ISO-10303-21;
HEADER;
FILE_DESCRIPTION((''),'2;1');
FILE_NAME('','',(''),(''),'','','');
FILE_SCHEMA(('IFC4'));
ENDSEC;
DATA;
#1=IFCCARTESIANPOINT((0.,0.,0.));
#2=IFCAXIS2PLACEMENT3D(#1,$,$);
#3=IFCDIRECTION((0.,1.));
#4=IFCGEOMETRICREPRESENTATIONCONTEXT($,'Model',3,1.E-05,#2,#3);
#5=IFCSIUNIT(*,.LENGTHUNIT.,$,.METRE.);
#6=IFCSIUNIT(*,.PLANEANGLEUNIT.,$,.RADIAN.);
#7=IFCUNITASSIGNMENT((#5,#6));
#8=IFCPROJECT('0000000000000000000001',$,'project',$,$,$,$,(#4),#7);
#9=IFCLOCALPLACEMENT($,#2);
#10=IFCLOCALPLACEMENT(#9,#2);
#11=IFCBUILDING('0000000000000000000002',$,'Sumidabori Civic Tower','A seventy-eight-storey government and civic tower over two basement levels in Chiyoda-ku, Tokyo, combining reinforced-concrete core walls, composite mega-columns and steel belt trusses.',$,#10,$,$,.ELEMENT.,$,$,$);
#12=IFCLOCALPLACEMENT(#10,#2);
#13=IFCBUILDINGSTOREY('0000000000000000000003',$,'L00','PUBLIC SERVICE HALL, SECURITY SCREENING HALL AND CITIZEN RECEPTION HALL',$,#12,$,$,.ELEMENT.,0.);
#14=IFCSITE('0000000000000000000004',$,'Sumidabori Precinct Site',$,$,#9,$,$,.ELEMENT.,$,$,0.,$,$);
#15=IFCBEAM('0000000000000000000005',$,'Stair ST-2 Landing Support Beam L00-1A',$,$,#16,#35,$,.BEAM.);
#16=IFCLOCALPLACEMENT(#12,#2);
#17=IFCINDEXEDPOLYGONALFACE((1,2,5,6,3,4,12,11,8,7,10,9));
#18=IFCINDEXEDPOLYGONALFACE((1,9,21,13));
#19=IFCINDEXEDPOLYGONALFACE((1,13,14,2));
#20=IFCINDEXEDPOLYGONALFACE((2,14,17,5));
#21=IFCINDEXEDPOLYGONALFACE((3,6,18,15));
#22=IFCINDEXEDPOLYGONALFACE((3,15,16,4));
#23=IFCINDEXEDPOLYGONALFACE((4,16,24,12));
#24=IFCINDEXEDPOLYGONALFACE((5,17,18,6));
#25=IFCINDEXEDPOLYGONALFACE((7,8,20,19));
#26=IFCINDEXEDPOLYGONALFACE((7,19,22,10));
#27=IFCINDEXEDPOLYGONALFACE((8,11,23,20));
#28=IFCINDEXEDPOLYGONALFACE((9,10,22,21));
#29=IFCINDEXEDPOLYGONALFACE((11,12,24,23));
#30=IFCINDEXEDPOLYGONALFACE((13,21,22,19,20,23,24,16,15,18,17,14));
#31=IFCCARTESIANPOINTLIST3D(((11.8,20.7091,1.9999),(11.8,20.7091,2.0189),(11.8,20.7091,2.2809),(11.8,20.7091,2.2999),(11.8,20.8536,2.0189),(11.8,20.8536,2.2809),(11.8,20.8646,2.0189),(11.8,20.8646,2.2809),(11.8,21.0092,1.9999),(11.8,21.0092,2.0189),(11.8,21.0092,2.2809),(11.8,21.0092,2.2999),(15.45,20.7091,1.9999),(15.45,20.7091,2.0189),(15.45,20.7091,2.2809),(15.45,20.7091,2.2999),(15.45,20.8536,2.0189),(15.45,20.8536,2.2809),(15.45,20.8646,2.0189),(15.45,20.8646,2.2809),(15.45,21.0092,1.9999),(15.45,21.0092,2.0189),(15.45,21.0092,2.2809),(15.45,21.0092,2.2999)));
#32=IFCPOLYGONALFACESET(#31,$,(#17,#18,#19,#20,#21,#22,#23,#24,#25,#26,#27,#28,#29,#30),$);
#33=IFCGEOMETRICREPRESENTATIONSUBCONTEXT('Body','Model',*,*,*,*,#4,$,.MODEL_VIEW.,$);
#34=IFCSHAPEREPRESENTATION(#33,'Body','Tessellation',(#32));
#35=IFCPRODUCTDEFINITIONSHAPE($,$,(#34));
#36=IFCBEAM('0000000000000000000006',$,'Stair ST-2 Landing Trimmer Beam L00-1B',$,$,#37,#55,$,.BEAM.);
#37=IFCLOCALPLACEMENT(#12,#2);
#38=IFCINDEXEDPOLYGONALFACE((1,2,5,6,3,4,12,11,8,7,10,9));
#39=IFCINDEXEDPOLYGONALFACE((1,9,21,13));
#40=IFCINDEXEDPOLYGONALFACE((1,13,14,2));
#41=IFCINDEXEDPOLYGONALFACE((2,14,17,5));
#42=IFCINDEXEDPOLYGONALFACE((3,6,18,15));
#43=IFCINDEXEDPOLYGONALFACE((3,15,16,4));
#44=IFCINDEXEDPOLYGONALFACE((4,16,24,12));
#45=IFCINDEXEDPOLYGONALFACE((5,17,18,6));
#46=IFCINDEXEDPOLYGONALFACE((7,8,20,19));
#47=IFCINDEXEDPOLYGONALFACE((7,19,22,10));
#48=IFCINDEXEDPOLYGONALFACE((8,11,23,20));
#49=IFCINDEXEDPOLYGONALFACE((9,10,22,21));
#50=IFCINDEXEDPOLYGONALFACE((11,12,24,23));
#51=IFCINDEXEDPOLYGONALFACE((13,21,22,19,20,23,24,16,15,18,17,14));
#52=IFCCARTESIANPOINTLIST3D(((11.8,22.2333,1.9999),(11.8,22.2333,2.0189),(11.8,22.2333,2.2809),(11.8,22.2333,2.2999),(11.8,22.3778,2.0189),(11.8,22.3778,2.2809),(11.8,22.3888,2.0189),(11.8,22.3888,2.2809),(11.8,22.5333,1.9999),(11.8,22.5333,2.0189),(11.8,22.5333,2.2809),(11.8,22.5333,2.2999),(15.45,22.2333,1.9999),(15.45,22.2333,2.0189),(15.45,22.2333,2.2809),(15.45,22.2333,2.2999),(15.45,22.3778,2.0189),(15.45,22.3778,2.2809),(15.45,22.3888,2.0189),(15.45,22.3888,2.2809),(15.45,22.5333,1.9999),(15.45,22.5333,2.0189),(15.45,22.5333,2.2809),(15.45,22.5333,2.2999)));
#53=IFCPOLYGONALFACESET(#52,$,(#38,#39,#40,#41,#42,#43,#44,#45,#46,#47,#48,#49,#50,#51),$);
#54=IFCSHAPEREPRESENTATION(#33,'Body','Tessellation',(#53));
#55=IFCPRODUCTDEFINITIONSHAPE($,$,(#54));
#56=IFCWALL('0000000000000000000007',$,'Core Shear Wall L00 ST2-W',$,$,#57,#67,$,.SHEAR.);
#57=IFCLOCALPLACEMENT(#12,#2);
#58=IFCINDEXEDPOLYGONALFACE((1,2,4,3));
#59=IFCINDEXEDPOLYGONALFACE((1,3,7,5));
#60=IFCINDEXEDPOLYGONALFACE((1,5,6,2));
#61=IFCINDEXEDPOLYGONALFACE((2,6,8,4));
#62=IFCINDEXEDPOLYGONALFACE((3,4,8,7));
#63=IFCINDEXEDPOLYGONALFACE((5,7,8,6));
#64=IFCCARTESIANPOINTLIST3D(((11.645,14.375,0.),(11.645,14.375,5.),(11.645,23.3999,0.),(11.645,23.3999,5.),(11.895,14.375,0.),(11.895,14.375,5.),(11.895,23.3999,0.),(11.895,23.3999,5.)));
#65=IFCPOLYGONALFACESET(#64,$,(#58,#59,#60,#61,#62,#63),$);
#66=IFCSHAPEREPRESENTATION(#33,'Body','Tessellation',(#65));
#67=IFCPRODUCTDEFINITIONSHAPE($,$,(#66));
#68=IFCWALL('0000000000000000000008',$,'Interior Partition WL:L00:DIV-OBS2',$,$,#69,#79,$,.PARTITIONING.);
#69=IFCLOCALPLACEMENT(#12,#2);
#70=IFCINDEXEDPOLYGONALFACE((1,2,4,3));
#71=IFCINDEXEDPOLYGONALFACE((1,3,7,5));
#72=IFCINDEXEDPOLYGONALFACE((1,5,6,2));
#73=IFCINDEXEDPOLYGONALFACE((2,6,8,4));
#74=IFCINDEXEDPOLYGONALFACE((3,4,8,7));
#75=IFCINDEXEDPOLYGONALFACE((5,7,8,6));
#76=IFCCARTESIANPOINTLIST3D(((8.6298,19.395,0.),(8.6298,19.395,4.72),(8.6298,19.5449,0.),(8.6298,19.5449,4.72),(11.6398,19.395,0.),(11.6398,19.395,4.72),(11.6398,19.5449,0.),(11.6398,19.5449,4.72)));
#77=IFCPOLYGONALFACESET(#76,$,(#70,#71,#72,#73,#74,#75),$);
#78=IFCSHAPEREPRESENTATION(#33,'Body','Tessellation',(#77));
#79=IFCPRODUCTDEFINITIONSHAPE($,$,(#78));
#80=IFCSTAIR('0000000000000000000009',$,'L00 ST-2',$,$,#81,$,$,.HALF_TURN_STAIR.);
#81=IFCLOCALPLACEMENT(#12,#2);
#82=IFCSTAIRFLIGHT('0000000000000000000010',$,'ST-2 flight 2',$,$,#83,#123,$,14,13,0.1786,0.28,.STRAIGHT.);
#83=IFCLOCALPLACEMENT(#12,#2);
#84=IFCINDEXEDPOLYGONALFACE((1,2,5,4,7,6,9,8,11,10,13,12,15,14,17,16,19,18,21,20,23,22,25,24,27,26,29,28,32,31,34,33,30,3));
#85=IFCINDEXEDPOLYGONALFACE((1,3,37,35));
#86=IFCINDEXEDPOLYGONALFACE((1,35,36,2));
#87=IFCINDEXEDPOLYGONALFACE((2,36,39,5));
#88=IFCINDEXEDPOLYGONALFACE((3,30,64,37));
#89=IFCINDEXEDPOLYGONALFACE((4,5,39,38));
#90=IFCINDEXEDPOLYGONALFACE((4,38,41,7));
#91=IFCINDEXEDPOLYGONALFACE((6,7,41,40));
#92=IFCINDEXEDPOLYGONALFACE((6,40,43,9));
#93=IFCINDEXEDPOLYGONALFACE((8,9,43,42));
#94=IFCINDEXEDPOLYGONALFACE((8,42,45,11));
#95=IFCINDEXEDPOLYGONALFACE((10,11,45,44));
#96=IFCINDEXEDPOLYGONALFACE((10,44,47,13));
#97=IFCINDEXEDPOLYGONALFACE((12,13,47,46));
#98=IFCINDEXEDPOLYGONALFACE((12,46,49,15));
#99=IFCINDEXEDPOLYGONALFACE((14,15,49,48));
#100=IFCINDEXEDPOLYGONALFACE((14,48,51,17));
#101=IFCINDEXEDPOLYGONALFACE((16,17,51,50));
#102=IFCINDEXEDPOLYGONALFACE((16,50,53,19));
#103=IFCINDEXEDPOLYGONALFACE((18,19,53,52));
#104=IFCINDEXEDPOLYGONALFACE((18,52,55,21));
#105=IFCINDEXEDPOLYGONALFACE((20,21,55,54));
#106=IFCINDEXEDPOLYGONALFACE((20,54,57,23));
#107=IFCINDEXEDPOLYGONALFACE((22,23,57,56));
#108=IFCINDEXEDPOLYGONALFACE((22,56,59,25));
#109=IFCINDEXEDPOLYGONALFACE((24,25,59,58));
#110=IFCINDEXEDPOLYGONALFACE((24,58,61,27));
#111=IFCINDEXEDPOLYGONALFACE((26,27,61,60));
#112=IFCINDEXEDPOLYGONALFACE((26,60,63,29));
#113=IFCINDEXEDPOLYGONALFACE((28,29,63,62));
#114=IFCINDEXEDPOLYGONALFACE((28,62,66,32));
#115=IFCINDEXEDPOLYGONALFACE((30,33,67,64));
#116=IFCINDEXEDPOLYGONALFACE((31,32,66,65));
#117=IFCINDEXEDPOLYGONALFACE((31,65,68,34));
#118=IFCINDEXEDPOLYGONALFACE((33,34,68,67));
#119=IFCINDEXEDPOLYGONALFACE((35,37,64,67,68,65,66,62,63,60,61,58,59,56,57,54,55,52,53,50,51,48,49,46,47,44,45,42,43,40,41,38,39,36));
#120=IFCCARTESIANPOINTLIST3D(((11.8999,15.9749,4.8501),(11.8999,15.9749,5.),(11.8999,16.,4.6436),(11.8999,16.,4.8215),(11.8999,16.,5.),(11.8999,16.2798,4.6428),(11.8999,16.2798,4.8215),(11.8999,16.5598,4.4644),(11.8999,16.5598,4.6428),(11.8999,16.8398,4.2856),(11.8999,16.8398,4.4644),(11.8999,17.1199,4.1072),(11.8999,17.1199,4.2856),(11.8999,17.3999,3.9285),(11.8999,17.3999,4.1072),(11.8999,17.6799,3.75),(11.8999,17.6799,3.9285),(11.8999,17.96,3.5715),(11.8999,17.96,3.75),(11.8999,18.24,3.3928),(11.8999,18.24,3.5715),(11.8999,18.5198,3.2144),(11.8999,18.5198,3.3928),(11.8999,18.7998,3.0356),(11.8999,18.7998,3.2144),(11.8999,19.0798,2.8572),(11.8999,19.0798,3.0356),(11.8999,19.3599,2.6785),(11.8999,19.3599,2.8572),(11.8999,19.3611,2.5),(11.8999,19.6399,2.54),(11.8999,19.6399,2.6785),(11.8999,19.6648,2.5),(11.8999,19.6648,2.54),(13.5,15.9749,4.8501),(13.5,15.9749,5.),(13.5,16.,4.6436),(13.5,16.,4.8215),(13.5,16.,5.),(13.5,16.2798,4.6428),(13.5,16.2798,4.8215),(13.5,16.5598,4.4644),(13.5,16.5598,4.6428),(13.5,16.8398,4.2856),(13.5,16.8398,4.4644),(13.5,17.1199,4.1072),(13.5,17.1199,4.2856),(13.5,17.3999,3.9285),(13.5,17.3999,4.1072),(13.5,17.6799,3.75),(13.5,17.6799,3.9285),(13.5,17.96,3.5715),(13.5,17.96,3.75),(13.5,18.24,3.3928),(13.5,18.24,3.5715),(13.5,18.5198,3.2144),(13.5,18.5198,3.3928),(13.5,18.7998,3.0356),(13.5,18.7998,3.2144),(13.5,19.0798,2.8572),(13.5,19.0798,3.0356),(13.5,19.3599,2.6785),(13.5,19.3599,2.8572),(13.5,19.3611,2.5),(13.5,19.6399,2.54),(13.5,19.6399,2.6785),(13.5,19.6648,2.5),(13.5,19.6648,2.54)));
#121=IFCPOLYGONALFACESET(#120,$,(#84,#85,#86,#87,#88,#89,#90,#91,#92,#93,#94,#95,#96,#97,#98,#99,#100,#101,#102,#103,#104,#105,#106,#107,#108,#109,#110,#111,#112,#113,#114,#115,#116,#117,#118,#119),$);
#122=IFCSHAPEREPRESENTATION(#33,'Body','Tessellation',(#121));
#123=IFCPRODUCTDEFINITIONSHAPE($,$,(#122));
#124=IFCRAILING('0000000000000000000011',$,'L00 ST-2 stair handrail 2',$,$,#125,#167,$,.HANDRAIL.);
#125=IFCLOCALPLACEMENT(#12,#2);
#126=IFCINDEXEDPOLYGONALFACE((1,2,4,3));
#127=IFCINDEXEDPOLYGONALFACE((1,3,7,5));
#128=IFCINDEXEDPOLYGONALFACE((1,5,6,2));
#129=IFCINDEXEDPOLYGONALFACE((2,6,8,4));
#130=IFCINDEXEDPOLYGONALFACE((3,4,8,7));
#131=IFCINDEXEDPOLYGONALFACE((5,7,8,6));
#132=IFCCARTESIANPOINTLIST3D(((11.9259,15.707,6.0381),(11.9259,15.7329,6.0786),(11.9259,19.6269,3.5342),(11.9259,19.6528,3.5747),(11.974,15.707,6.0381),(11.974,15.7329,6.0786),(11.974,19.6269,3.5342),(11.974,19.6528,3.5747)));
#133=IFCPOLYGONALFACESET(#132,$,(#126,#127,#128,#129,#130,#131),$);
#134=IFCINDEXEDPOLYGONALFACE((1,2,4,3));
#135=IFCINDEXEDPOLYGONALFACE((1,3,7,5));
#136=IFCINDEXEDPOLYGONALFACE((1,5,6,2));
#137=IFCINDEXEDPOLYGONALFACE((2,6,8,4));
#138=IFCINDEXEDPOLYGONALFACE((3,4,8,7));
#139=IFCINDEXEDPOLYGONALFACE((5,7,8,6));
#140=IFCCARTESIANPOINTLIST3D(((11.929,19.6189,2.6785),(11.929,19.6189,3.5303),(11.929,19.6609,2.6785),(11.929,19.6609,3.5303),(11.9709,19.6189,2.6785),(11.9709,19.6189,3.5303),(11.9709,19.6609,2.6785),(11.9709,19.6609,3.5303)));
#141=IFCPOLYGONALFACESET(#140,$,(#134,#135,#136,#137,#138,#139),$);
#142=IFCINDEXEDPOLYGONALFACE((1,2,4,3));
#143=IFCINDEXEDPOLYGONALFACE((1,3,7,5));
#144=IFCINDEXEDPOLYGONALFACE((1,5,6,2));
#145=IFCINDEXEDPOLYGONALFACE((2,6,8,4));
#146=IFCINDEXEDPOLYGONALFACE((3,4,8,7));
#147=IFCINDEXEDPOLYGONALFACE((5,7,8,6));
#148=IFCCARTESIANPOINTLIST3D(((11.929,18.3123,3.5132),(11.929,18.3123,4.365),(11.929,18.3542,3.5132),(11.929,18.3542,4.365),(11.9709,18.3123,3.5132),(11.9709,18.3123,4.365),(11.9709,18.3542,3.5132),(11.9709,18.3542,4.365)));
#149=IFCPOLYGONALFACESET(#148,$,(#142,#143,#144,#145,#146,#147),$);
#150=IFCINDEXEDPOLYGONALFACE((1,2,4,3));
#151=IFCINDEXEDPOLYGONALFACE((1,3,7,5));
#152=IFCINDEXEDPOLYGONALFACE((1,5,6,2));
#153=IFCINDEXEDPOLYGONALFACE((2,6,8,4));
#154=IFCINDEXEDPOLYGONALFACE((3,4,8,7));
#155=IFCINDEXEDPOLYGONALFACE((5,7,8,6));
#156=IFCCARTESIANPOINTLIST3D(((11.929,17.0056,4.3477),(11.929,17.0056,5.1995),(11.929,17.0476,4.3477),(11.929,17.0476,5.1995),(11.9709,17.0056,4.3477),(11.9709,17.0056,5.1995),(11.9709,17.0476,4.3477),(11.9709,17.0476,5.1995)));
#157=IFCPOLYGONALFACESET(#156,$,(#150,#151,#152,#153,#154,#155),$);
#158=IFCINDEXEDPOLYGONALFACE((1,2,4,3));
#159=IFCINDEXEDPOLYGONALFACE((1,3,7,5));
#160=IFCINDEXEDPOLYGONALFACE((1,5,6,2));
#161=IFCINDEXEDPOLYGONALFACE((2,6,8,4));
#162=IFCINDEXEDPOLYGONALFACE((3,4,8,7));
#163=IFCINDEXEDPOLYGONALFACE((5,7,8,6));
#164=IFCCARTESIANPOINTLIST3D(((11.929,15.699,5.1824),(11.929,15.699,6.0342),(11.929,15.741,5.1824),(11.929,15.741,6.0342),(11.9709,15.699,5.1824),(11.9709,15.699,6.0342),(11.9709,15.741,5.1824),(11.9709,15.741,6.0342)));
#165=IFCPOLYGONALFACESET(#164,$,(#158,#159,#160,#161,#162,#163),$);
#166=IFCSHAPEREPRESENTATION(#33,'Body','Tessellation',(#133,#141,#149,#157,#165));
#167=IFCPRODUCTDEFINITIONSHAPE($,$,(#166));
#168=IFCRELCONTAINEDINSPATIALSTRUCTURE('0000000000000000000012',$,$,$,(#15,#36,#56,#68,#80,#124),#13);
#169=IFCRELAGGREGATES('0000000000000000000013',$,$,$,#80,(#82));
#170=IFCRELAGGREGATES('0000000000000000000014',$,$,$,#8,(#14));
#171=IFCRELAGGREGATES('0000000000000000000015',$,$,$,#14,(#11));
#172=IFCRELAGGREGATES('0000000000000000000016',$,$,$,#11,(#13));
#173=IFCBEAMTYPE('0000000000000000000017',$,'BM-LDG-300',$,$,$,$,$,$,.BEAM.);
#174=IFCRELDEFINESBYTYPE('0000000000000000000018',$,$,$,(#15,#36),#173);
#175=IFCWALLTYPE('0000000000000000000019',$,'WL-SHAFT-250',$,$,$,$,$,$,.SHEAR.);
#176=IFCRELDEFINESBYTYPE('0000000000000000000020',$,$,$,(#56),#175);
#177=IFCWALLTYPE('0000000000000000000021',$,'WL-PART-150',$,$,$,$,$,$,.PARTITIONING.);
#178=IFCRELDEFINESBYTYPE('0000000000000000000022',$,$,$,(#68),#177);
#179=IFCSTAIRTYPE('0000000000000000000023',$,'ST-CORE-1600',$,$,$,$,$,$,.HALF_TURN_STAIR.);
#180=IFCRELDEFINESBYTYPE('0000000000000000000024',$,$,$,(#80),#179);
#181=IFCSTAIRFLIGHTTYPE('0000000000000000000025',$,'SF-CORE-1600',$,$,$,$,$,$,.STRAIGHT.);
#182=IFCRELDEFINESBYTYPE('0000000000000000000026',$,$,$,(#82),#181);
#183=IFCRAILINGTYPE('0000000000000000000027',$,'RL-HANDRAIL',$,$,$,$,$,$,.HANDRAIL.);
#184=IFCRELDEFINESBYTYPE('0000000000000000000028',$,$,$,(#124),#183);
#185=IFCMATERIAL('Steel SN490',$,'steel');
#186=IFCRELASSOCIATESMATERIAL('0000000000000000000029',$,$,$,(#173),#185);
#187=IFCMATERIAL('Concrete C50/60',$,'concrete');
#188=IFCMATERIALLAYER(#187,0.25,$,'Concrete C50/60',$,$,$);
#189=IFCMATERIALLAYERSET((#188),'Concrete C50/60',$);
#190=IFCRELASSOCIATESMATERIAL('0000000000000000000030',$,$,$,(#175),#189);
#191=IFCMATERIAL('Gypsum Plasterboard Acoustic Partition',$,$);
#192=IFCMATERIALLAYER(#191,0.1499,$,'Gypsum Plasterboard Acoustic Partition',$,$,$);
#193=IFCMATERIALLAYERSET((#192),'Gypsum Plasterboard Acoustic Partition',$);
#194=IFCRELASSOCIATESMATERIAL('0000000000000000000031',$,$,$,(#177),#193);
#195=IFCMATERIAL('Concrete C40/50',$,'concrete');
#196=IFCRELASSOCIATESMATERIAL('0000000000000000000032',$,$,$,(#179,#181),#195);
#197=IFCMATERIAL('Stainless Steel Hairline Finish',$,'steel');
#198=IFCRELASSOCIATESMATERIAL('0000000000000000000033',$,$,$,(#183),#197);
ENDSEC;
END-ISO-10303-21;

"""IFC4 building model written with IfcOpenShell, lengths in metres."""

from ifc_helpers import new_model, si_unit, direction, frame, frame_2d, origin, origin_2d, place, context, subcontext, project, spatial, polyline, rectangle, i_section, outline, extrude, source, transform, mapped, material, layer, layer_set, material_profile, profile_set, type_object, element, aggregate, save


model = new_model("IFC4")

# Units and contexts
model_context = context("Model", 3, precision=1e-05, world=origin(), true_north=direction((0.0, 1.0)))
body_context = subcontext(model_context, "Body", "Model", "MODEL_VIEW")
ifc_project = project(units=[si_unit("LENGTHUNIT", "METRE"), si_unit("PLANEANGLEUNIT", "RADIAN")], contexts=[model_context])

# Site, building, storey
site_placement = place(None, origin())
site = spatial("IfcSite", under=ifc_project, at=site_placement, Name="Sumidabori Precinct Site", CompositionType="ELEMENT", RefElevation=0.0)
building_placement = place(site_placement, origin())
building = spatial("IfcBuilding", under=site, at=building_placement, Name="Sumidabori Civic Tower", Description="A seventy-eight-storey government and civic tower over two basement levels in Chiyoda-ku, Tokyo, combining reinforced-concrete core walls, composite mega-columns and steel belt trusses.", CompositionType="ELEMENT")
storey_placement = place(building_placement, origin())
storey = spatial("IfcBuildingStorey", under=building, at=storey_placement, Name="L00", Description="PUBLIC SERVICE HALL, SECURITY SCREENING HALL AND CITIZEN RECEPTION HALL", CompositionType="ELEMENT", Elevation=0.0)

# Beams
ifc_material_1 = material(Name="Steel SN490", Category="steel")
ifc_material_profile = material_profile(ifc_material_1, i_section(OverallWidth=0.3, OverallDepth=0.3, WebThickness=0.011, FlangeThickness=0.019, at=origin_2d()), Name="HE 300 B")
ifc_profile_set = profile_set([ifc_material_profile], Name="Steel SN490")
beam_type = type_object("IfcBeamType", Name="BM-LDG-300", PredefinedType="BEAM", material=ifc_profile_set)
shared_shape_1 = source(origin(), body_context, "Body", "SweptSolid", [
    extrude(i_section(OverallWidth=0.3, OverallDepth=0.3, WebThickness=0.011, FlangeThickness=0.019, at=origin_2d()), origin(), (0.0, 0.0, 1.0), 3.6499),
])
for number, where, z_axis, x_axis, name in (
    (1, (11.8, 20.8591, 2.1499), (1.0, 0.0, 0.0), (0.0, 1.0, 0.0), "Stair ST-2 Landing Support Beam L00-1A"),
    (2, (11.8, 22.3833, 2.1499), (1.0, 0.0, 0.0), (0.0, 1.0, 0.0), "Stair ST-2 Landing Trimmer Beam L00-1B"),
):
    element("IfcBeam", number, at=place(storey_placement, frame(where, z_axis=z_axis, x_axis=x_axis)), inside=storey, type_object=beam_type, Name=name, PredefinedType="BEAM", context=body_context, shape_type="MappedRepresentation", body=[
        mapped(shared_shape_1, transform((0.0, 0.0, 0.0), x_axis=(1.0, 0.0, 0.0), y_axis=(0.0, 1.0, 0.0), z_axis=(0.0, 0.0, 1.0), scale=1.0)),
    ])

# Shared definitions
ifc_material_2 = material(Name="Concrete C50/60", Category="concrete")
ifc_layer_1 = layer(ifc_material_2, 0.25, Name="Concrete C50/60")
ifc_layer_set_1 = layer_set([ifc_layer_1], Name="Concrete C50/60")
wall_type_1 = type_object("IfcWallType", Name="WL-SHAFT-250", PredefinedType="SHEAR", material=ifc_layer_set_1)

# Wall
shared_shape_2 = source(origin(), body_context, "Body", "SweptSolid", [
    extrude(rectangle(XDim=9.0249, YDim=0.25, at=frame_2d((4.5125, 0.0))), origin(), (0.0, 0.0, 1.0), 5.0),
])
wall_1_placement = place(storey_placement, frame((11.77, 14.375, 0.0), z_axis=(0.0, 0.0, 1.0), x_axis=(0.0, 1.0, 0.0)))
element("IfcWall", 3, at=wall_1_placement, inside=storey, type_object=wall_type_1, Name="Core Shear Wall L00 ST2-W", PredefinedType="SHEAR", context=body_context, shape_type="MappedRepresentation", body=[
    mapped(shared_shape_2, transform((0.0, 0.0, 0.0), x_axis=(1.0, 0.0, 0.0), y_axis=(0.0, 1.0, 0.0), z_axis=(0.0, 0.0, 1.0), scale=1.0)),
])

# Shared definitions
ifc_material_3 = material(Name="Stainless Steel Hairline Finish", Category="steel")

# Wall
ifc_material_4 = material(Name="Gypsum Plasterboard Acoustic Partition")
ifc_layer_2 = layer(ifc_material_4, 0.1499, Name="Gypsum Plasterboard Acoustic Partition")
ifc_layer_set_2 = layer_set([ifc_layer_2], Name="Gypsum Plasterboard Acoustic Partition")
wall_type_2 = type_object("IfcWallType", Name="WL-PART-150", PredefinedType="PARTITIONING", material=ifc_layer_set_2)
shared_shape_3 = source(origin(), body_context, "Body", "SweptSolid", [
    extrude(rectangle(XDim=3.01, YDim=0.1499, at=frame_2d((1.5049, 0.0))), origin(), (0.0, 0.0, 1.0), 4.72),
])
wall_2_placement = place(storey_placement, frame((8.6299, 19.47, 0.0), z_axis=(0.0, 0.0, 1.0), x_axis=(1.0, 0.0, 0.0)))
element("IfcWall", 4, at=wall_2_placement, inside=storey, type_object=wall_type_2, Name="Interior Partition WL:L00:DIV-OBS2", PredefinedType="PARTITIONING", context=body_context, shape_type="MappedRepresentation", body=[
    mapped(shared_shape_3, transform((0.0, 0.0, 0.0), x_axis=(1.0, 0.0, 0.0), y_axis=(0.0, 1.0, 0.0), z_axis=(0.0, 0.0, 1.0), scale=1.0)),
])

# Stair, stair flight
ifc_material_5 = material(Name="Concrete C40/50", Category="concrete")
stair_type = type_object("IfcStairType", Name="ST-CORE-1600", PredefinedType="HALF_TURN_STAIR", material=ifc_material_5)
stair_placement = place(storey_placement, origin())
stair = element("IfcStair", 5, at=stair_placement, inside=storey, type_object=stair_type, Name="L00 ST-2", PredefinedType="HALF_TURN_STAIR")
stair_flight_type = type_object("IfcStairFlightType", Name="SF-CORE-1600", PredefinedType="STRAIGHT", material=ifc_material_5)
shared_shape_4 = source(origin(), body_context, "Body", "SweptSolid", [
    extrude(outline(polyline([(-0.0249, 0.0), (-0.0249, 0.04), (0.0, 0.04), (0.0, 0.1785), (0.28, 0.1785), (0.28, 0.3572), (0.5601, 0.3572), (0.5601, 0.5356), (0.8401, 0.5356), (0.8401, 0.7144), (1.1201, 0.7144), (1.1201, 0.8928), (1.3999, 0.8928), (1.3999, 1.0715), (1.6799, 1.0715), (1.6799, 1.25), (1.96, 1.25), (1.96, 1.4285), (2.24, 1.4285), (2.24, 1.6072), (2.52, 1.6072), (2.52, 1.7856), (2.8, 1.7856), (2.8, 1.9644), (3.0801, 1.9644), (3.0801, 2.1428), (3.3601, 2.1428), (3.3601, 2.3215), (3.6399, 2.3215), (3.6399, 2.5), (3.665, 2.5), (3.665, 2.3501), (3.6399, 2.1436), (0.2788, 0.0), (-0.0249, 0.0)])), frame((0.0, 0.8, 0.0), z_axis=(0.0, -1.0, 0.0), x_axis=(1.0, 0.0, 0.0)), (0.0, 0.0, 1.0), 1.6001),
])
stair_flight_placement = place(storey_placement, frame((12.7, 19.6399, 2.5), z_axis=(0.0, 0.0, 1.0), x_axis=(0.0, -1.0, 0.0)))
stair_flight = element("IfcStairFlight", 6, at=stair_flight_placement, type_object=stair_flight_type, Name="ST-2 flight 2", NumberOfRisers=14, NumberOfTreads=13, PredefinedType="STRAIGHT", RiserHeight=0.1786, TreadLength=0.28, context=body_context, shape_type="MappedRepresentation", body=[
    mapped(shared_shape_4, transform((0.0, 0.0, 0.0), x_axis=(1.0, 0.0, 0.0), y_axis=(0.0, 1.0, 0.0), z_axis=(0.0, 0.0, 1.0), scale=1.0)),
])
aggregate(stair, [stair_flight])

# Railing
railing_type_1 = type_object("IfcRailingType", Name="RL-HANDRAIL", PredefinedType="HANDRAIL", material=ifc_material_3)
railing_1_placement = place(storey_placement, frame((11.95, 19.6399, 2.6785)))
element("IfcRailing", 7, at=railing_1_placement, inside=storey, type_object=railing_type_1, Name="L00 ST-2 stair handrail 2", PredefinedType="HANDRAIL", context=body_context, shape_type="SweptSolid", body=[
    extrude(rectangle(XDim=0.0481, YDim=0.0481, at=origin_2d()), frame((0.0, 0.0, 0.876), z_axis=(0.0, -0.842744, 0.538315), x_axis=(1.0, 0.0, 0.0)), (0.0, 0.0, 1.0), 4.6514),
    extrude(rectangle(XDim=0.042, YDim=0.042, at=origin_2d()), origin(), (0.0, 0.0, 1.0), 0.8518),
    extrude(rectangle(XDim=0.042, YDim=0.042, at=origin_2d()), frame((0.0, -1.3066, 0.8347)), (0.0, 0.0, 1.0), 0.8518),
    extrude(rectangle(XDim=0.042, YDim=0.042, at=origin_2d()), frame((0.0, -2.6133, 1.6692)), (0.0, 0.0, 1.0), 0.8518),
    extrude(rectangle(XDim=0.042, YDim=0.042, at=origin_2d()), frame((0.0, -3.9199, 2.5039)), (0.0, 0.0, 1.0), 0.8518),
])

save(model, "model.ifc")
